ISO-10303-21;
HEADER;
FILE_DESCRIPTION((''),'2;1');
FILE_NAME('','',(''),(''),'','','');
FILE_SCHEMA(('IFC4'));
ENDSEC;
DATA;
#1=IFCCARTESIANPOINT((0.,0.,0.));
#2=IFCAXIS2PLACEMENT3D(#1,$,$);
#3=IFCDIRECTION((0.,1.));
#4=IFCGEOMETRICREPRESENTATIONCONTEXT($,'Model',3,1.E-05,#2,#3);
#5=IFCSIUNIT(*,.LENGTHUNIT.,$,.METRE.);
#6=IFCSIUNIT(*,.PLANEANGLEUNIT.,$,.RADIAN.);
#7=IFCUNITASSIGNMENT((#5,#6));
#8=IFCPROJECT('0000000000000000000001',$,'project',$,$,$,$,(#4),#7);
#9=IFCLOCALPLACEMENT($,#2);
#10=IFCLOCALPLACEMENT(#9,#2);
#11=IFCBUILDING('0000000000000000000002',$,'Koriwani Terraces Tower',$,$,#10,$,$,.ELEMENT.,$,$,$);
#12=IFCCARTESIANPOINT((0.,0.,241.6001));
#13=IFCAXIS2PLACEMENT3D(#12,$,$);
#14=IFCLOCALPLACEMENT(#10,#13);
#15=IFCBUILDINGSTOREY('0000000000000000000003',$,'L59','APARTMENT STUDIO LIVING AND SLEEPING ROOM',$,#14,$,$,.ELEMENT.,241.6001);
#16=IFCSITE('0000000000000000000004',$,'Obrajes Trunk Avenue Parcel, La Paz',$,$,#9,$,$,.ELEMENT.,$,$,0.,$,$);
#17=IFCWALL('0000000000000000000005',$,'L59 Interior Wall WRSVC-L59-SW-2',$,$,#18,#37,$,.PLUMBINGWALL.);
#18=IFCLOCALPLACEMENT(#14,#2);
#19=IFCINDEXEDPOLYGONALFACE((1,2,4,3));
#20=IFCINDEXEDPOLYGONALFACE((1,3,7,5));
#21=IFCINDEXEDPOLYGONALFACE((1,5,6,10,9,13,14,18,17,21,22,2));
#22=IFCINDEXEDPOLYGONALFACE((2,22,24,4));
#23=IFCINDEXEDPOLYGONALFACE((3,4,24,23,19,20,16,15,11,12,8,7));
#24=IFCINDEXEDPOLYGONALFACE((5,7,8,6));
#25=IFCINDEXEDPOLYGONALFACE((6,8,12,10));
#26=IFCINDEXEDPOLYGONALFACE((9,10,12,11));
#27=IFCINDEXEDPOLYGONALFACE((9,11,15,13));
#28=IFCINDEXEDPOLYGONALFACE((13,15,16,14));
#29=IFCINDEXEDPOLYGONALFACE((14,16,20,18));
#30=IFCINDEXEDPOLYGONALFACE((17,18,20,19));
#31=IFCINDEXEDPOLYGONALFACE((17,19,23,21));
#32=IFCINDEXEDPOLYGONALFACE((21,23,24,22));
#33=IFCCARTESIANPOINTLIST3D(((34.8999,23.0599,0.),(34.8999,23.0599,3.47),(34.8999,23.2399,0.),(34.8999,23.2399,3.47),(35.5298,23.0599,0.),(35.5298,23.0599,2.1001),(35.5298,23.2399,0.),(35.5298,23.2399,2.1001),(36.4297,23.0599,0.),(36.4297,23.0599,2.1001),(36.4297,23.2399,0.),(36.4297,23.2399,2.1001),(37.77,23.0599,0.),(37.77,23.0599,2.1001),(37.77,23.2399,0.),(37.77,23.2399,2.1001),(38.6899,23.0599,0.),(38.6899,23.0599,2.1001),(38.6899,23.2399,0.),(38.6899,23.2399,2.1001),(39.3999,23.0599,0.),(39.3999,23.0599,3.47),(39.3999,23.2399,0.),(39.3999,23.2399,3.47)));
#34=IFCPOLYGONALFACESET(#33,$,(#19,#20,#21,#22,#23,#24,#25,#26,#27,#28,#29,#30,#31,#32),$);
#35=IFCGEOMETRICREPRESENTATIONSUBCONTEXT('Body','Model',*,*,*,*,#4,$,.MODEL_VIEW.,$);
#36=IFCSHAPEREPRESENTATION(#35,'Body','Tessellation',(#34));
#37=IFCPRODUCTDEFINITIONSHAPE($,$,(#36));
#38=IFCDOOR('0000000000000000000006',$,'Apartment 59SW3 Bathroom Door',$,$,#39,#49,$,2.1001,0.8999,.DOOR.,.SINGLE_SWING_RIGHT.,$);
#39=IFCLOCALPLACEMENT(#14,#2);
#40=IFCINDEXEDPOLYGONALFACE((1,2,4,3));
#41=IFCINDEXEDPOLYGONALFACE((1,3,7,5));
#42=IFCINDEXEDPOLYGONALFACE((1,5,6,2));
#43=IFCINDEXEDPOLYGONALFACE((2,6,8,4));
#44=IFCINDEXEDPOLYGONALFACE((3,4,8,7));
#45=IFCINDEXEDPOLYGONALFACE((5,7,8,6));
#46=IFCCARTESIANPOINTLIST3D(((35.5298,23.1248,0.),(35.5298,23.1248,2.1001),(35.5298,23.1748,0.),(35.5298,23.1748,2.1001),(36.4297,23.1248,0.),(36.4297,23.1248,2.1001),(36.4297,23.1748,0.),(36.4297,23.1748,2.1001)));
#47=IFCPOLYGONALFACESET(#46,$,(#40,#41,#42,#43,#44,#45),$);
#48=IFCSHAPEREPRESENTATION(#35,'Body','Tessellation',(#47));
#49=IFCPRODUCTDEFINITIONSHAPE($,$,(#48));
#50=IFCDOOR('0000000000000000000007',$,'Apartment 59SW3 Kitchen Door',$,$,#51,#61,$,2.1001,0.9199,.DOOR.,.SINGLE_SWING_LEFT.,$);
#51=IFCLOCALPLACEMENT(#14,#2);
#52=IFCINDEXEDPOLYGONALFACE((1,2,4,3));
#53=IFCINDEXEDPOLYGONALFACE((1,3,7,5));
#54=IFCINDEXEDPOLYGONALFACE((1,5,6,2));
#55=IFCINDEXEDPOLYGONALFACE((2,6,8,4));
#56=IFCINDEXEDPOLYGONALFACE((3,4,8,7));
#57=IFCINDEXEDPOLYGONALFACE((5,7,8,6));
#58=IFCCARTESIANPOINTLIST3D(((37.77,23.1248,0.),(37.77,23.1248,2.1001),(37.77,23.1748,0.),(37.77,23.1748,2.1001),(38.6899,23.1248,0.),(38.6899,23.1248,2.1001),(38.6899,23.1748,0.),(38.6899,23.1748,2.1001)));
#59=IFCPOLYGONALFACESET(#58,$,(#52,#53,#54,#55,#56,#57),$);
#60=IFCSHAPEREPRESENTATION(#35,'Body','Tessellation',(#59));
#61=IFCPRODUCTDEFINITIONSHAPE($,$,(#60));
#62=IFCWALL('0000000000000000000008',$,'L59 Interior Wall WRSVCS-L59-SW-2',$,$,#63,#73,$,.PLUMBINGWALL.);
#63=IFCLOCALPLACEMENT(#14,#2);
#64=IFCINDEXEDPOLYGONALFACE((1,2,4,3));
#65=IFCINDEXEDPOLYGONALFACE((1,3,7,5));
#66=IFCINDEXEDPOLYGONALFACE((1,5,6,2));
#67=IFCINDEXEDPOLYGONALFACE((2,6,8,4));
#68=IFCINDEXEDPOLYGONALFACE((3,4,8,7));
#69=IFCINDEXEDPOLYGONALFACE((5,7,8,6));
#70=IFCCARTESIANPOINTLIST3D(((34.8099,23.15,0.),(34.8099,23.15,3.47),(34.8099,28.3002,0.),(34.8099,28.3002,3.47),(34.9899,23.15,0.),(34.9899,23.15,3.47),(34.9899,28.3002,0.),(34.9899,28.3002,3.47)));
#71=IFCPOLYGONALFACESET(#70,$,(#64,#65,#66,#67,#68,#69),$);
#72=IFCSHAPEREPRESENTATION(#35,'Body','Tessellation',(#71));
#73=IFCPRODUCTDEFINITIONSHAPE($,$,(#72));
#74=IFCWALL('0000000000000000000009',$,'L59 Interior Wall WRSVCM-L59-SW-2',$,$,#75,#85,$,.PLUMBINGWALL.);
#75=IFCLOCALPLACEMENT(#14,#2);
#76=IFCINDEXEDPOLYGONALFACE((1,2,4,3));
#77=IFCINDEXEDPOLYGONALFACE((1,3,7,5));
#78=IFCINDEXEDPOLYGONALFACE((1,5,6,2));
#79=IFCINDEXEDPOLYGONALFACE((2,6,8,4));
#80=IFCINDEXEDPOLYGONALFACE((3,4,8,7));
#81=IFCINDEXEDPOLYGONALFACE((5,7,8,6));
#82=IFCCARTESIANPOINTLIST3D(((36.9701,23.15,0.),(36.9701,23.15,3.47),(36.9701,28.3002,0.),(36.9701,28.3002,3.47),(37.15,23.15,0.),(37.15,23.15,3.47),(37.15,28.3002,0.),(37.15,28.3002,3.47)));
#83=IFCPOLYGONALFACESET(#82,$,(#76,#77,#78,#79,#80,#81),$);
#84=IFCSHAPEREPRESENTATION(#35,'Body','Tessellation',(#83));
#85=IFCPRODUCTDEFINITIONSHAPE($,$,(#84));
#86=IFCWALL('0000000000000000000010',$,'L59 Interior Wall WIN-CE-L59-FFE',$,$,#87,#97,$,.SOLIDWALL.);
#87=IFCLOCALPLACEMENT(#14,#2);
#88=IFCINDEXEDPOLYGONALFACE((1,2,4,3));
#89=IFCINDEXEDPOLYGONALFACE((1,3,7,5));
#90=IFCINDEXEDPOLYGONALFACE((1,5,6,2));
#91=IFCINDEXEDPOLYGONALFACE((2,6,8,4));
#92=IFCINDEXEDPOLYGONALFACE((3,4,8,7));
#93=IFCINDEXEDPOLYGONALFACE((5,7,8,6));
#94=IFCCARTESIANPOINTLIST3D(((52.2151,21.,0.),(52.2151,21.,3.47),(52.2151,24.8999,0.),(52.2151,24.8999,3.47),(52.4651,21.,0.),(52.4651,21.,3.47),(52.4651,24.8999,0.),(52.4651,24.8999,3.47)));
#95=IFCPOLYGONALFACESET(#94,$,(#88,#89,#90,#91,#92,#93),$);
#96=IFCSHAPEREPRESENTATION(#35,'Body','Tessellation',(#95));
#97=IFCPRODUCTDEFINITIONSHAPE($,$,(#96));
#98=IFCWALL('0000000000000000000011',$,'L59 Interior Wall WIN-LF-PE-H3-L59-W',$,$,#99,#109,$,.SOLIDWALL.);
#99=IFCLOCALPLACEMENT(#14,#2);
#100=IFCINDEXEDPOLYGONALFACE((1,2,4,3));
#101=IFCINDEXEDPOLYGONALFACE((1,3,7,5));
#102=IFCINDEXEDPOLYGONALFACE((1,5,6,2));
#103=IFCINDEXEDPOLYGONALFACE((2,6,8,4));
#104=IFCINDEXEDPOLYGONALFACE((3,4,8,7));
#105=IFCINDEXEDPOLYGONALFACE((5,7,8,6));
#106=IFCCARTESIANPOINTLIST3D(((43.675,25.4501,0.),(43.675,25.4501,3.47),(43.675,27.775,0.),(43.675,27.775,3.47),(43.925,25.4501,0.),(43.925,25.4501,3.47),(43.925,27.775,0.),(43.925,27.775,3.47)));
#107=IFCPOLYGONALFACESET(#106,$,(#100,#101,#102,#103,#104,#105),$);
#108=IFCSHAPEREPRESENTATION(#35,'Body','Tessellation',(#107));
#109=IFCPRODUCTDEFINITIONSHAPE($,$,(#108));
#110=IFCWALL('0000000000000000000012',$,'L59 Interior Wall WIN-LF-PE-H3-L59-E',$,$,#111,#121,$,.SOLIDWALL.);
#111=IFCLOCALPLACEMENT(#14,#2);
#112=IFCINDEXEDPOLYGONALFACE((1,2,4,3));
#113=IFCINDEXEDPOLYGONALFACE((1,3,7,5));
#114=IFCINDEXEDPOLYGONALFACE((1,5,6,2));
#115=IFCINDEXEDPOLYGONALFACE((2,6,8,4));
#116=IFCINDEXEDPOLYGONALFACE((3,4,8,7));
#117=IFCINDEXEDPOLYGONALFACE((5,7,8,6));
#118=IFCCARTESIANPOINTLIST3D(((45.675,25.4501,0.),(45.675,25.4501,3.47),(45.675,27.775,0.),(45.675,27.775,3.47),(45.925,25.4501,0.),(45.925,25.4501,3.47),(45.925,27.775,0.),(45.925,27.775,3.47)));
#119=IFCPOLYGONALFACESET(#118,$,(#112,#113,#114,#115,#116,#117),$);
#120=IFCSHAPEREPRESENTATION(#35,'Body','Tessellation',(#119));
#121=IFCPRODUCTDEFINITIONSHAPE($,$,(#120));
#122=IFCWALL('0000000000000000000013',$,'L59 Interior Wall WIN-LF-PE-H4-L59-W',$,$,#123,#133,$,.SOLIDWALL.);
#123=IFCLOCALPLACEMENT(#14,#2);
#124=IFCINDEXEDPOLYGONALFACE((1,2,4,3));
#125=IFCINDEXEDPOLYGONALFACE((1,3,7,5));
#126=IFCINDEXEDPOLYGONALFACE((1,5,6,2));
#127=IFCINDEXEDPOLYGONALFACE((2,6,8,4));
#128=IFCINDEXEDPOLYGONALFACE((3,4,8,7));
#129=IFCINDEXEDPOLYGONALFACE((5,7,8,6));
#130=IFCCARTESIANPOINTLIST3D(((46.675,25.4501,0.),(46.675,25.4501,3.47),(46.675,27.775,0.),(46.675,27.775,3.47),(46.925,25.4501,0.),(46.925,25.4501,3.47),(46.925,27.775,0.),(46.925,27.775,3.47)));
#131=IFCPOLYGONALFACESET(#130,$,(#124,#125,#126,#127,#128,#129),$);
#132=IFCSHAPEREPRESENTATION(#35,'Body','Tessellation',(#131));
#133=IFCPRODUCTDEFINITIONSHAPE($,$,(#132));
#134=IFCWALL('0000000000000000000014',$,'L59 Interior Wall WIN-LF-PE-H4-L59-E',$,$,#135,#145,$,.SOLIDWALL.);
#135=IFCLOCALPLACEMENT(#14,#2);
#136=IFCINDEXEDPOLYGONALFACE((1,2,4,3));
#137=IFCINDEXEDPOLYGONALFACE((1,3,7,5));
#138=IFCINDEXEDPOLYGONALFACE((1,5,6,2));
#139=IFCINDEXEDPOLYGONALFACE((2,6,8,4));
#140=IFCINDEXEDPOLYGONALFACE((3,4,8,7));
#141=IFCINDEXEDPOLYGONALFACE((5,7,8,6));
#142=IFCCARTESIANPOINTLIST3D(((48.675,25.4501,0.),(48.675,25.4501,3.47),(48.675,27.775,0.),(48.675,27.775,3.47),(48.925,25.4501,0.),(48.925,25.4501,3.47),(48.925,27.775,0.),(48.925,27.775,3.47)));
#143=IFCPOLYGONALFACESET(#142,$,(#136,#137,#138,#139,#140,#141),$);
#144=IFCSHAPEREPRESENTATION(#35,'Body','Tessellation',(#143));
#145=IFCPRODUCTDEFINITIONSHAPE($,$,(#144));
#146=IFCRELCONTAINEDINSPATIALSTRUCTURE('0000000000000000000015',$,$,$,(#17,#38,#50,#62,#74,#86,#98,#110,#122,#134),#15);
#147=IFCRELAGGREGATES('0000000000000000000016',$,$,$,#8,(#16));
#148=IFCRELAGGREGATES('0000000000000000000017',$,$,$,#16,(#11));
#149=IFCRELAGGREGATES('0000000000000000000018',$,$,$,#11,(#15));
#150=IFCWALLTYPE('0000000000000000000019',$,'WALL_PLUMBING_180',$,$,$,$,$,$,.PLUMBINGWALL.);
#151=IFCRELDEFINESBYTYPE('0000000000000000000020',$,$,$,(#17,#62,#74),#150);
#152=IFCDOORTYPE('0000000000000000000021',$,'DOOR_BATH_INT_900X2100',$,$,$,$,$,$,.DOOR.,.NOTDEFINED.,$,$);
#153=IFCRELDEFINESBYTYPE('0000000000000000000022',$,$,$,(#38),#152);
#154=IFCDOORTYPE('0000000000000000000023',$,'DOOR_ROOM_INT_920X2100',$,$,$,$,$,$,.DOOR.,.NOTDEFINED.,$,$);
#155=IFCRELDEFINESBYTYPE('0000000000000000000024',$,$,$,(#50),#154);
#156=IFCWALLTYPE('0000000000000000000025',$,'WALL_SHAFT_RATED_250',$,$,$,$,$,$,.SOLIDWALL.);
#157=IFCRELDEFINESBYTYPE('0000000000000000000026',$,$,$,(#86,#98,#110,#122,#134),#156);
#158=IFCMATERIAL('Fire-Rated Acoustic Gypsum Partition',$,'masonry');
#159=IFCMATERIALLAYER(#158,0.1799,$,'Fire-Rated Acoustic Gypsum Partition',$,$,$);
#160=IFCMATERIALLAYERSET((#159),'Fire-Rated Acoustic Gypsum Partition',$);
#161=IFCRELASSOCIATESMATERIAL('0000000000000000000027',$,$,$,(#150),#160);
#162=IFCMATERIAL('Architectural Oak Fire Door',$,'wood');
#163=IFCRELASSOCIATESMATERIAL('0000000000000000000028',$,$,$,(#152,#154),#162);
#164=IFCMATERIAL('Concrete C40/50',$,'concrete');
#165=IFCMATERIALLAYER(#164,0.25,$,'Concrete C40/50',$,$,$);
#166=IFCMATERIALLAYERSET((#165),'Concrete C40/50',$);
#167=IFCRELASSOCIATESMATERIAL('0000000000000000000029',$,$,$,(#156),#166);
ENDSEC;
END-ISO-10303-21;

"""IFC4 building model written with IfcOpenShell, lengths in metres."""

from ifc_helpers import new_model, si_unit, direction, frame, frame_2d, origin, place, context, subcontext, project, spatial, rectangle, extrude, material, layer, layer_set, type_object, element, fill, save


model = new_model("IFC4")

# Units and contexts
model_context = context("Model", 3, precision=1e-05, world=origin(), true_north=direction((0.0, 1.0)))
body_context = subcontext(model_context, "Body", "Model", "MODEL_VIEW")
ifc_project = project(units=[si_unit("LENGTHUNIT", "METRE"), si_unit("PLANEANGLEUNIT", "RADIAN")], contexts=[model_context])

# Site, building, storey
site_placement = place(None, origin())
site = spatial("IfcSite", under=ifc_project, at=site_placement, Name="Obrajes Trunk Avenue Parcel, La Paz", CompositionType="ELEMENT", RefElevation=0.0)
building_placement = place(site_placement, origin())
building = spatial("IfcBuilding", under=site, at=building_placement, Name="Koriwani Terraces Tower", CompositionType="ELEMENT")
storey_placement = place(building_placement, frame((0.0, 0.0, 241.6001)))
storey = spatial("IfcBuildingStorey", under=building, at=storey_placement, Name="L59", Description="APARTMENT STUDIO LIVING AND SLEEPING ROOM", CompositionType="ELEMENT", Elevation=241.6001)

# Shared definitions
ifc_material_1 = material(Name="Fire-Rated Acoustic Gypsum Partition", Category="masonry")
ifc_layer_1 = layer(ifc_material_1, 0.1799, Name="Fire-Rated Acoustic Gypsum Partition")
ifc_layer_set_1 = layer_set([ifc_layer_1], Name="Fire-Rated Acoustic Gypsum Partition")
wall_type_1 = type_object("IfcWallType", Name="WALL_PLUMBING_180", PredefinedType="PLUMBINGWALL", material=ifc_layer_set_1)

# Wall, openings, doors
wall_1_placement = place(storey_placement, frame((34.8999, 23.1499, 0.0), z_axis=(0.0, 0.0, 1.0), x_axis=(1.0, 0.0, 0.0)))
wall_1 = element("IfcWall", 1, at=wall_1_placement, inside=storey, type_object=wall_type_1, Name="L59 Interior Wall WRSVC-L59-SW-2", PredefinedType="PLUMBINGWALL", context=body_context, shape_type="SweptSolid", body=[
    extrude(rectangle(XDim=4.5, YDim=0.1799, at=frame_2d((2.25, 0.0))), origin(), (0.0, 0.0, 1.0), 3.47),
])
opening_1_placement = place(wall_1_placement, frame((0.6299, 0.0, 0.0)))
opening_1 = element("IfcOpeningElement", 2, at=opening_1_placement, cuts=wall_1, PredefinedType="OPENING", context=body_context, shape_type="SweptSolid", body=[
    extrude(rectangle(XDim=0.8999, YDim=2.1001, at=frame_2d((0.45, 1.05))), frame((0.0, 0.1001, 0.0), z_axis=(0.0, -1.0, 0.0), x_axis=(1.0, 0.0, 0.0)), (0.0, 0.0, 1.0), 0.2),
])
opening_2_placement = place(wall_1_placement, frame((2.8701, 0.0, 0.0)))
opening_2 = element("IfcOpeningElement", 3, at=opening_2_placement, cuts=wall_1, PredefinedType="OPENING", context=body_context, shape_type="SweptSolid", body=[
    extrude(rectangle(XDim=0.9199, YDim=2.1001, at=frame_2d((0.46, 1.05))), frame((0.0, 0.1001, 0.0), z_axis=(0.0, -1.0, 0.0), x_axis=(1.0, 0.0, 0.0)), (0.0, 0.0, 1.0), 0.2),
])
ifc_material_2 = material(Name="Architectural Oak Fire Door", Category="wood")
door_type_1 = type_object("IfcDoorType", Name="DOOR_BATH_INT_900X2100", OperationType="NOTDEFINED", PredefinedType="DOOR", material=ifc_material_2)
door_1_placement = place(opening_1_placement, origin())
door_1 = element("IfcDoor", 4, at=door_1_placement, inside=storey, type_object=door_type_1, Name="Apartment 59SW3 Bathroom Door", OperationType="SINGLE_SWING_RIGHT", OverallHeight=2.1001, OverallWidth=0.8999, PredefinedType="DOOR", context=body_context, shape_type="SweptSolid", body=[
    extrude(rectangle(XDim=0.8999, YDim=2.1001, at=frame_2d((0.45, 1.05))), frame((0.0, 0.0249, 0.0), z_axis=(0.0, -1.0, 0.0), x_axis=(1.0, 0.0, 0.0)), (0.0, 0.0, 1.0), 0.05),
])
fill(opening_1, door_1)
door_type_2 = type_object("IfcDoorType", Name="DOOR_ROOM_INT_920X2100", OperationType="NOTDEFINED", PredefinedType="DOOR", material=ifc_material_2)
door_2_placement = place(opening_2_placement, origin())
door_2 = element("IfcDoor", 5, at=door_2_placement, inside=storey, type_object=door_type_2, Name="Apartment 59SW3 Kitchen Door", OperationType="SINGLE_SWING_LEFT", OverallHeight=2.1001, OverallWidth=0.9199, PredefinedType="DOOR", context=body_context, shape_type="SweptSolid", body=[
    extrude(rectangle(XDim=0.9199, YDim=2.1001, at=frame_2d((0.46, 1.05))), frame((0.0, 0.0249, 0.0), z_axis=(0.0, -1.0, 0.0), x_axis=(1.0, 0.0, 0.0)), (0.0, 0.0, 1.0), 0.05),
])
fill(opening_2, door_2)

# Walls
for number, where, z_axis, x_axis, name in (
    (6, (34.8999, 23.1499, 0.0), (0.0, 0.0, 1.0), (0.0, 1.0, 0.0), "L59 Interior Wall WRSVCS-L59-SW-2"),
    (7, (37.0601, 23.1499, 0.0), (0.0, 0.0, 1.0), (0.0, 1.0, 0.0), "L59 Interior Wall WRSVCM-L59-SW-2"),
):
    element("IfcWall", number, at=place(storey_placement, frame(where, z_axis=z_axis, x_axis=x_axis)), inside=storey, type_object=wall_type_1, Name=name, PredefinedType="PLUMBINGWALL", context=body_context, shape_type="SweptSolid", body=[
        extrude(rectangle(XDim=5.1501, YDim=0.1799, at=frame_2d((2.5752, 0.0))), origin(), (0.0, 0.0, 1.0), 3.47),
    ])

# Shared definitions
ifc_material_3 = material(Name="Concrete C40/50", Category="concrete")
ifc_layer_2 = layer(ifc_material_3, 0.25, Name="Concrete C40/50")
ifc_layer_set_2 = layer_set([ifc_layer_2], Name="Concrete C40/50")
wall_type_2 = type_object("IfcWallType", Name="WALL_SHAFT_RATED_250", PredefinedType="SOLIDWALL", material=ifc_layer_set_2)

# Walls
wall_2_placement = place(storey_placement, frame((52.3401, 21.0, 0.0), z_axis=(0.0, 0.0, 1.0), x_axis=(0.0, 1.0, 0.0)))
element("IfcWall", 8, at=wall_2_placement, inside=storey, type_object=wall_type_2, Name="L59 Interior Wall WIN-CE-L59-FFE", PredefinedType="SOLIDWALL", context=body_context, shape_type="SweptSolid", body=[
    extrude(rectangle(XDim=3.8999, YDim=0.25, at=frame_2d((1.95, 0.0))), origin(), (0.0, 0.0, 1.0), 3.47),
])
for number, where, z_axis, x_axis, name in (
    (9, (43.8, 25.45, 0.0), (0.0, 0.0, 1.0), (0.0, 1.0, 0.0), "L59 Interior Wall WIN-LF-PE-H3-L59-W"),
    (10, (45.8, 25.45, 0.0), (0.0, 0.0, 1.0), (0.0, 1.0, 0.0), "L59 Interior Wall WIN-LF-PE-H3-L59-E"),
    (11, (46.8, 25.45, 0.0), (0.0, 0.0, 1.0), (0.0, 1.0, 0.0), "L59 Interior Wall WIN-LF-PE-H4-L59-W"),
    (12, (48.8, 25.45, 0.0), (0.0, 0.0, 1.0), (0.0, 1.0, 0.0), "L59 Interior Wall WIN-LF-PE-H4-L59-E"),
):
    element("IfcWall", number, at=place(storey_placement, frame(where, z_axis=z_axis, x_axis=x_axis)), inside=storey, type_object=wall_type_2, Name=name, PredefinedType="SOLIDWALL", context=body_context, shape_type="SweptSolid", body=[
        extrude(rectangle(XDim=2.325, YDim=0.25, at=frame_2d((1.1626, 0.0))), origin(), (0.0, 0.0, 1.0), 3.47),
    ])

save(model, "model.ifc")
